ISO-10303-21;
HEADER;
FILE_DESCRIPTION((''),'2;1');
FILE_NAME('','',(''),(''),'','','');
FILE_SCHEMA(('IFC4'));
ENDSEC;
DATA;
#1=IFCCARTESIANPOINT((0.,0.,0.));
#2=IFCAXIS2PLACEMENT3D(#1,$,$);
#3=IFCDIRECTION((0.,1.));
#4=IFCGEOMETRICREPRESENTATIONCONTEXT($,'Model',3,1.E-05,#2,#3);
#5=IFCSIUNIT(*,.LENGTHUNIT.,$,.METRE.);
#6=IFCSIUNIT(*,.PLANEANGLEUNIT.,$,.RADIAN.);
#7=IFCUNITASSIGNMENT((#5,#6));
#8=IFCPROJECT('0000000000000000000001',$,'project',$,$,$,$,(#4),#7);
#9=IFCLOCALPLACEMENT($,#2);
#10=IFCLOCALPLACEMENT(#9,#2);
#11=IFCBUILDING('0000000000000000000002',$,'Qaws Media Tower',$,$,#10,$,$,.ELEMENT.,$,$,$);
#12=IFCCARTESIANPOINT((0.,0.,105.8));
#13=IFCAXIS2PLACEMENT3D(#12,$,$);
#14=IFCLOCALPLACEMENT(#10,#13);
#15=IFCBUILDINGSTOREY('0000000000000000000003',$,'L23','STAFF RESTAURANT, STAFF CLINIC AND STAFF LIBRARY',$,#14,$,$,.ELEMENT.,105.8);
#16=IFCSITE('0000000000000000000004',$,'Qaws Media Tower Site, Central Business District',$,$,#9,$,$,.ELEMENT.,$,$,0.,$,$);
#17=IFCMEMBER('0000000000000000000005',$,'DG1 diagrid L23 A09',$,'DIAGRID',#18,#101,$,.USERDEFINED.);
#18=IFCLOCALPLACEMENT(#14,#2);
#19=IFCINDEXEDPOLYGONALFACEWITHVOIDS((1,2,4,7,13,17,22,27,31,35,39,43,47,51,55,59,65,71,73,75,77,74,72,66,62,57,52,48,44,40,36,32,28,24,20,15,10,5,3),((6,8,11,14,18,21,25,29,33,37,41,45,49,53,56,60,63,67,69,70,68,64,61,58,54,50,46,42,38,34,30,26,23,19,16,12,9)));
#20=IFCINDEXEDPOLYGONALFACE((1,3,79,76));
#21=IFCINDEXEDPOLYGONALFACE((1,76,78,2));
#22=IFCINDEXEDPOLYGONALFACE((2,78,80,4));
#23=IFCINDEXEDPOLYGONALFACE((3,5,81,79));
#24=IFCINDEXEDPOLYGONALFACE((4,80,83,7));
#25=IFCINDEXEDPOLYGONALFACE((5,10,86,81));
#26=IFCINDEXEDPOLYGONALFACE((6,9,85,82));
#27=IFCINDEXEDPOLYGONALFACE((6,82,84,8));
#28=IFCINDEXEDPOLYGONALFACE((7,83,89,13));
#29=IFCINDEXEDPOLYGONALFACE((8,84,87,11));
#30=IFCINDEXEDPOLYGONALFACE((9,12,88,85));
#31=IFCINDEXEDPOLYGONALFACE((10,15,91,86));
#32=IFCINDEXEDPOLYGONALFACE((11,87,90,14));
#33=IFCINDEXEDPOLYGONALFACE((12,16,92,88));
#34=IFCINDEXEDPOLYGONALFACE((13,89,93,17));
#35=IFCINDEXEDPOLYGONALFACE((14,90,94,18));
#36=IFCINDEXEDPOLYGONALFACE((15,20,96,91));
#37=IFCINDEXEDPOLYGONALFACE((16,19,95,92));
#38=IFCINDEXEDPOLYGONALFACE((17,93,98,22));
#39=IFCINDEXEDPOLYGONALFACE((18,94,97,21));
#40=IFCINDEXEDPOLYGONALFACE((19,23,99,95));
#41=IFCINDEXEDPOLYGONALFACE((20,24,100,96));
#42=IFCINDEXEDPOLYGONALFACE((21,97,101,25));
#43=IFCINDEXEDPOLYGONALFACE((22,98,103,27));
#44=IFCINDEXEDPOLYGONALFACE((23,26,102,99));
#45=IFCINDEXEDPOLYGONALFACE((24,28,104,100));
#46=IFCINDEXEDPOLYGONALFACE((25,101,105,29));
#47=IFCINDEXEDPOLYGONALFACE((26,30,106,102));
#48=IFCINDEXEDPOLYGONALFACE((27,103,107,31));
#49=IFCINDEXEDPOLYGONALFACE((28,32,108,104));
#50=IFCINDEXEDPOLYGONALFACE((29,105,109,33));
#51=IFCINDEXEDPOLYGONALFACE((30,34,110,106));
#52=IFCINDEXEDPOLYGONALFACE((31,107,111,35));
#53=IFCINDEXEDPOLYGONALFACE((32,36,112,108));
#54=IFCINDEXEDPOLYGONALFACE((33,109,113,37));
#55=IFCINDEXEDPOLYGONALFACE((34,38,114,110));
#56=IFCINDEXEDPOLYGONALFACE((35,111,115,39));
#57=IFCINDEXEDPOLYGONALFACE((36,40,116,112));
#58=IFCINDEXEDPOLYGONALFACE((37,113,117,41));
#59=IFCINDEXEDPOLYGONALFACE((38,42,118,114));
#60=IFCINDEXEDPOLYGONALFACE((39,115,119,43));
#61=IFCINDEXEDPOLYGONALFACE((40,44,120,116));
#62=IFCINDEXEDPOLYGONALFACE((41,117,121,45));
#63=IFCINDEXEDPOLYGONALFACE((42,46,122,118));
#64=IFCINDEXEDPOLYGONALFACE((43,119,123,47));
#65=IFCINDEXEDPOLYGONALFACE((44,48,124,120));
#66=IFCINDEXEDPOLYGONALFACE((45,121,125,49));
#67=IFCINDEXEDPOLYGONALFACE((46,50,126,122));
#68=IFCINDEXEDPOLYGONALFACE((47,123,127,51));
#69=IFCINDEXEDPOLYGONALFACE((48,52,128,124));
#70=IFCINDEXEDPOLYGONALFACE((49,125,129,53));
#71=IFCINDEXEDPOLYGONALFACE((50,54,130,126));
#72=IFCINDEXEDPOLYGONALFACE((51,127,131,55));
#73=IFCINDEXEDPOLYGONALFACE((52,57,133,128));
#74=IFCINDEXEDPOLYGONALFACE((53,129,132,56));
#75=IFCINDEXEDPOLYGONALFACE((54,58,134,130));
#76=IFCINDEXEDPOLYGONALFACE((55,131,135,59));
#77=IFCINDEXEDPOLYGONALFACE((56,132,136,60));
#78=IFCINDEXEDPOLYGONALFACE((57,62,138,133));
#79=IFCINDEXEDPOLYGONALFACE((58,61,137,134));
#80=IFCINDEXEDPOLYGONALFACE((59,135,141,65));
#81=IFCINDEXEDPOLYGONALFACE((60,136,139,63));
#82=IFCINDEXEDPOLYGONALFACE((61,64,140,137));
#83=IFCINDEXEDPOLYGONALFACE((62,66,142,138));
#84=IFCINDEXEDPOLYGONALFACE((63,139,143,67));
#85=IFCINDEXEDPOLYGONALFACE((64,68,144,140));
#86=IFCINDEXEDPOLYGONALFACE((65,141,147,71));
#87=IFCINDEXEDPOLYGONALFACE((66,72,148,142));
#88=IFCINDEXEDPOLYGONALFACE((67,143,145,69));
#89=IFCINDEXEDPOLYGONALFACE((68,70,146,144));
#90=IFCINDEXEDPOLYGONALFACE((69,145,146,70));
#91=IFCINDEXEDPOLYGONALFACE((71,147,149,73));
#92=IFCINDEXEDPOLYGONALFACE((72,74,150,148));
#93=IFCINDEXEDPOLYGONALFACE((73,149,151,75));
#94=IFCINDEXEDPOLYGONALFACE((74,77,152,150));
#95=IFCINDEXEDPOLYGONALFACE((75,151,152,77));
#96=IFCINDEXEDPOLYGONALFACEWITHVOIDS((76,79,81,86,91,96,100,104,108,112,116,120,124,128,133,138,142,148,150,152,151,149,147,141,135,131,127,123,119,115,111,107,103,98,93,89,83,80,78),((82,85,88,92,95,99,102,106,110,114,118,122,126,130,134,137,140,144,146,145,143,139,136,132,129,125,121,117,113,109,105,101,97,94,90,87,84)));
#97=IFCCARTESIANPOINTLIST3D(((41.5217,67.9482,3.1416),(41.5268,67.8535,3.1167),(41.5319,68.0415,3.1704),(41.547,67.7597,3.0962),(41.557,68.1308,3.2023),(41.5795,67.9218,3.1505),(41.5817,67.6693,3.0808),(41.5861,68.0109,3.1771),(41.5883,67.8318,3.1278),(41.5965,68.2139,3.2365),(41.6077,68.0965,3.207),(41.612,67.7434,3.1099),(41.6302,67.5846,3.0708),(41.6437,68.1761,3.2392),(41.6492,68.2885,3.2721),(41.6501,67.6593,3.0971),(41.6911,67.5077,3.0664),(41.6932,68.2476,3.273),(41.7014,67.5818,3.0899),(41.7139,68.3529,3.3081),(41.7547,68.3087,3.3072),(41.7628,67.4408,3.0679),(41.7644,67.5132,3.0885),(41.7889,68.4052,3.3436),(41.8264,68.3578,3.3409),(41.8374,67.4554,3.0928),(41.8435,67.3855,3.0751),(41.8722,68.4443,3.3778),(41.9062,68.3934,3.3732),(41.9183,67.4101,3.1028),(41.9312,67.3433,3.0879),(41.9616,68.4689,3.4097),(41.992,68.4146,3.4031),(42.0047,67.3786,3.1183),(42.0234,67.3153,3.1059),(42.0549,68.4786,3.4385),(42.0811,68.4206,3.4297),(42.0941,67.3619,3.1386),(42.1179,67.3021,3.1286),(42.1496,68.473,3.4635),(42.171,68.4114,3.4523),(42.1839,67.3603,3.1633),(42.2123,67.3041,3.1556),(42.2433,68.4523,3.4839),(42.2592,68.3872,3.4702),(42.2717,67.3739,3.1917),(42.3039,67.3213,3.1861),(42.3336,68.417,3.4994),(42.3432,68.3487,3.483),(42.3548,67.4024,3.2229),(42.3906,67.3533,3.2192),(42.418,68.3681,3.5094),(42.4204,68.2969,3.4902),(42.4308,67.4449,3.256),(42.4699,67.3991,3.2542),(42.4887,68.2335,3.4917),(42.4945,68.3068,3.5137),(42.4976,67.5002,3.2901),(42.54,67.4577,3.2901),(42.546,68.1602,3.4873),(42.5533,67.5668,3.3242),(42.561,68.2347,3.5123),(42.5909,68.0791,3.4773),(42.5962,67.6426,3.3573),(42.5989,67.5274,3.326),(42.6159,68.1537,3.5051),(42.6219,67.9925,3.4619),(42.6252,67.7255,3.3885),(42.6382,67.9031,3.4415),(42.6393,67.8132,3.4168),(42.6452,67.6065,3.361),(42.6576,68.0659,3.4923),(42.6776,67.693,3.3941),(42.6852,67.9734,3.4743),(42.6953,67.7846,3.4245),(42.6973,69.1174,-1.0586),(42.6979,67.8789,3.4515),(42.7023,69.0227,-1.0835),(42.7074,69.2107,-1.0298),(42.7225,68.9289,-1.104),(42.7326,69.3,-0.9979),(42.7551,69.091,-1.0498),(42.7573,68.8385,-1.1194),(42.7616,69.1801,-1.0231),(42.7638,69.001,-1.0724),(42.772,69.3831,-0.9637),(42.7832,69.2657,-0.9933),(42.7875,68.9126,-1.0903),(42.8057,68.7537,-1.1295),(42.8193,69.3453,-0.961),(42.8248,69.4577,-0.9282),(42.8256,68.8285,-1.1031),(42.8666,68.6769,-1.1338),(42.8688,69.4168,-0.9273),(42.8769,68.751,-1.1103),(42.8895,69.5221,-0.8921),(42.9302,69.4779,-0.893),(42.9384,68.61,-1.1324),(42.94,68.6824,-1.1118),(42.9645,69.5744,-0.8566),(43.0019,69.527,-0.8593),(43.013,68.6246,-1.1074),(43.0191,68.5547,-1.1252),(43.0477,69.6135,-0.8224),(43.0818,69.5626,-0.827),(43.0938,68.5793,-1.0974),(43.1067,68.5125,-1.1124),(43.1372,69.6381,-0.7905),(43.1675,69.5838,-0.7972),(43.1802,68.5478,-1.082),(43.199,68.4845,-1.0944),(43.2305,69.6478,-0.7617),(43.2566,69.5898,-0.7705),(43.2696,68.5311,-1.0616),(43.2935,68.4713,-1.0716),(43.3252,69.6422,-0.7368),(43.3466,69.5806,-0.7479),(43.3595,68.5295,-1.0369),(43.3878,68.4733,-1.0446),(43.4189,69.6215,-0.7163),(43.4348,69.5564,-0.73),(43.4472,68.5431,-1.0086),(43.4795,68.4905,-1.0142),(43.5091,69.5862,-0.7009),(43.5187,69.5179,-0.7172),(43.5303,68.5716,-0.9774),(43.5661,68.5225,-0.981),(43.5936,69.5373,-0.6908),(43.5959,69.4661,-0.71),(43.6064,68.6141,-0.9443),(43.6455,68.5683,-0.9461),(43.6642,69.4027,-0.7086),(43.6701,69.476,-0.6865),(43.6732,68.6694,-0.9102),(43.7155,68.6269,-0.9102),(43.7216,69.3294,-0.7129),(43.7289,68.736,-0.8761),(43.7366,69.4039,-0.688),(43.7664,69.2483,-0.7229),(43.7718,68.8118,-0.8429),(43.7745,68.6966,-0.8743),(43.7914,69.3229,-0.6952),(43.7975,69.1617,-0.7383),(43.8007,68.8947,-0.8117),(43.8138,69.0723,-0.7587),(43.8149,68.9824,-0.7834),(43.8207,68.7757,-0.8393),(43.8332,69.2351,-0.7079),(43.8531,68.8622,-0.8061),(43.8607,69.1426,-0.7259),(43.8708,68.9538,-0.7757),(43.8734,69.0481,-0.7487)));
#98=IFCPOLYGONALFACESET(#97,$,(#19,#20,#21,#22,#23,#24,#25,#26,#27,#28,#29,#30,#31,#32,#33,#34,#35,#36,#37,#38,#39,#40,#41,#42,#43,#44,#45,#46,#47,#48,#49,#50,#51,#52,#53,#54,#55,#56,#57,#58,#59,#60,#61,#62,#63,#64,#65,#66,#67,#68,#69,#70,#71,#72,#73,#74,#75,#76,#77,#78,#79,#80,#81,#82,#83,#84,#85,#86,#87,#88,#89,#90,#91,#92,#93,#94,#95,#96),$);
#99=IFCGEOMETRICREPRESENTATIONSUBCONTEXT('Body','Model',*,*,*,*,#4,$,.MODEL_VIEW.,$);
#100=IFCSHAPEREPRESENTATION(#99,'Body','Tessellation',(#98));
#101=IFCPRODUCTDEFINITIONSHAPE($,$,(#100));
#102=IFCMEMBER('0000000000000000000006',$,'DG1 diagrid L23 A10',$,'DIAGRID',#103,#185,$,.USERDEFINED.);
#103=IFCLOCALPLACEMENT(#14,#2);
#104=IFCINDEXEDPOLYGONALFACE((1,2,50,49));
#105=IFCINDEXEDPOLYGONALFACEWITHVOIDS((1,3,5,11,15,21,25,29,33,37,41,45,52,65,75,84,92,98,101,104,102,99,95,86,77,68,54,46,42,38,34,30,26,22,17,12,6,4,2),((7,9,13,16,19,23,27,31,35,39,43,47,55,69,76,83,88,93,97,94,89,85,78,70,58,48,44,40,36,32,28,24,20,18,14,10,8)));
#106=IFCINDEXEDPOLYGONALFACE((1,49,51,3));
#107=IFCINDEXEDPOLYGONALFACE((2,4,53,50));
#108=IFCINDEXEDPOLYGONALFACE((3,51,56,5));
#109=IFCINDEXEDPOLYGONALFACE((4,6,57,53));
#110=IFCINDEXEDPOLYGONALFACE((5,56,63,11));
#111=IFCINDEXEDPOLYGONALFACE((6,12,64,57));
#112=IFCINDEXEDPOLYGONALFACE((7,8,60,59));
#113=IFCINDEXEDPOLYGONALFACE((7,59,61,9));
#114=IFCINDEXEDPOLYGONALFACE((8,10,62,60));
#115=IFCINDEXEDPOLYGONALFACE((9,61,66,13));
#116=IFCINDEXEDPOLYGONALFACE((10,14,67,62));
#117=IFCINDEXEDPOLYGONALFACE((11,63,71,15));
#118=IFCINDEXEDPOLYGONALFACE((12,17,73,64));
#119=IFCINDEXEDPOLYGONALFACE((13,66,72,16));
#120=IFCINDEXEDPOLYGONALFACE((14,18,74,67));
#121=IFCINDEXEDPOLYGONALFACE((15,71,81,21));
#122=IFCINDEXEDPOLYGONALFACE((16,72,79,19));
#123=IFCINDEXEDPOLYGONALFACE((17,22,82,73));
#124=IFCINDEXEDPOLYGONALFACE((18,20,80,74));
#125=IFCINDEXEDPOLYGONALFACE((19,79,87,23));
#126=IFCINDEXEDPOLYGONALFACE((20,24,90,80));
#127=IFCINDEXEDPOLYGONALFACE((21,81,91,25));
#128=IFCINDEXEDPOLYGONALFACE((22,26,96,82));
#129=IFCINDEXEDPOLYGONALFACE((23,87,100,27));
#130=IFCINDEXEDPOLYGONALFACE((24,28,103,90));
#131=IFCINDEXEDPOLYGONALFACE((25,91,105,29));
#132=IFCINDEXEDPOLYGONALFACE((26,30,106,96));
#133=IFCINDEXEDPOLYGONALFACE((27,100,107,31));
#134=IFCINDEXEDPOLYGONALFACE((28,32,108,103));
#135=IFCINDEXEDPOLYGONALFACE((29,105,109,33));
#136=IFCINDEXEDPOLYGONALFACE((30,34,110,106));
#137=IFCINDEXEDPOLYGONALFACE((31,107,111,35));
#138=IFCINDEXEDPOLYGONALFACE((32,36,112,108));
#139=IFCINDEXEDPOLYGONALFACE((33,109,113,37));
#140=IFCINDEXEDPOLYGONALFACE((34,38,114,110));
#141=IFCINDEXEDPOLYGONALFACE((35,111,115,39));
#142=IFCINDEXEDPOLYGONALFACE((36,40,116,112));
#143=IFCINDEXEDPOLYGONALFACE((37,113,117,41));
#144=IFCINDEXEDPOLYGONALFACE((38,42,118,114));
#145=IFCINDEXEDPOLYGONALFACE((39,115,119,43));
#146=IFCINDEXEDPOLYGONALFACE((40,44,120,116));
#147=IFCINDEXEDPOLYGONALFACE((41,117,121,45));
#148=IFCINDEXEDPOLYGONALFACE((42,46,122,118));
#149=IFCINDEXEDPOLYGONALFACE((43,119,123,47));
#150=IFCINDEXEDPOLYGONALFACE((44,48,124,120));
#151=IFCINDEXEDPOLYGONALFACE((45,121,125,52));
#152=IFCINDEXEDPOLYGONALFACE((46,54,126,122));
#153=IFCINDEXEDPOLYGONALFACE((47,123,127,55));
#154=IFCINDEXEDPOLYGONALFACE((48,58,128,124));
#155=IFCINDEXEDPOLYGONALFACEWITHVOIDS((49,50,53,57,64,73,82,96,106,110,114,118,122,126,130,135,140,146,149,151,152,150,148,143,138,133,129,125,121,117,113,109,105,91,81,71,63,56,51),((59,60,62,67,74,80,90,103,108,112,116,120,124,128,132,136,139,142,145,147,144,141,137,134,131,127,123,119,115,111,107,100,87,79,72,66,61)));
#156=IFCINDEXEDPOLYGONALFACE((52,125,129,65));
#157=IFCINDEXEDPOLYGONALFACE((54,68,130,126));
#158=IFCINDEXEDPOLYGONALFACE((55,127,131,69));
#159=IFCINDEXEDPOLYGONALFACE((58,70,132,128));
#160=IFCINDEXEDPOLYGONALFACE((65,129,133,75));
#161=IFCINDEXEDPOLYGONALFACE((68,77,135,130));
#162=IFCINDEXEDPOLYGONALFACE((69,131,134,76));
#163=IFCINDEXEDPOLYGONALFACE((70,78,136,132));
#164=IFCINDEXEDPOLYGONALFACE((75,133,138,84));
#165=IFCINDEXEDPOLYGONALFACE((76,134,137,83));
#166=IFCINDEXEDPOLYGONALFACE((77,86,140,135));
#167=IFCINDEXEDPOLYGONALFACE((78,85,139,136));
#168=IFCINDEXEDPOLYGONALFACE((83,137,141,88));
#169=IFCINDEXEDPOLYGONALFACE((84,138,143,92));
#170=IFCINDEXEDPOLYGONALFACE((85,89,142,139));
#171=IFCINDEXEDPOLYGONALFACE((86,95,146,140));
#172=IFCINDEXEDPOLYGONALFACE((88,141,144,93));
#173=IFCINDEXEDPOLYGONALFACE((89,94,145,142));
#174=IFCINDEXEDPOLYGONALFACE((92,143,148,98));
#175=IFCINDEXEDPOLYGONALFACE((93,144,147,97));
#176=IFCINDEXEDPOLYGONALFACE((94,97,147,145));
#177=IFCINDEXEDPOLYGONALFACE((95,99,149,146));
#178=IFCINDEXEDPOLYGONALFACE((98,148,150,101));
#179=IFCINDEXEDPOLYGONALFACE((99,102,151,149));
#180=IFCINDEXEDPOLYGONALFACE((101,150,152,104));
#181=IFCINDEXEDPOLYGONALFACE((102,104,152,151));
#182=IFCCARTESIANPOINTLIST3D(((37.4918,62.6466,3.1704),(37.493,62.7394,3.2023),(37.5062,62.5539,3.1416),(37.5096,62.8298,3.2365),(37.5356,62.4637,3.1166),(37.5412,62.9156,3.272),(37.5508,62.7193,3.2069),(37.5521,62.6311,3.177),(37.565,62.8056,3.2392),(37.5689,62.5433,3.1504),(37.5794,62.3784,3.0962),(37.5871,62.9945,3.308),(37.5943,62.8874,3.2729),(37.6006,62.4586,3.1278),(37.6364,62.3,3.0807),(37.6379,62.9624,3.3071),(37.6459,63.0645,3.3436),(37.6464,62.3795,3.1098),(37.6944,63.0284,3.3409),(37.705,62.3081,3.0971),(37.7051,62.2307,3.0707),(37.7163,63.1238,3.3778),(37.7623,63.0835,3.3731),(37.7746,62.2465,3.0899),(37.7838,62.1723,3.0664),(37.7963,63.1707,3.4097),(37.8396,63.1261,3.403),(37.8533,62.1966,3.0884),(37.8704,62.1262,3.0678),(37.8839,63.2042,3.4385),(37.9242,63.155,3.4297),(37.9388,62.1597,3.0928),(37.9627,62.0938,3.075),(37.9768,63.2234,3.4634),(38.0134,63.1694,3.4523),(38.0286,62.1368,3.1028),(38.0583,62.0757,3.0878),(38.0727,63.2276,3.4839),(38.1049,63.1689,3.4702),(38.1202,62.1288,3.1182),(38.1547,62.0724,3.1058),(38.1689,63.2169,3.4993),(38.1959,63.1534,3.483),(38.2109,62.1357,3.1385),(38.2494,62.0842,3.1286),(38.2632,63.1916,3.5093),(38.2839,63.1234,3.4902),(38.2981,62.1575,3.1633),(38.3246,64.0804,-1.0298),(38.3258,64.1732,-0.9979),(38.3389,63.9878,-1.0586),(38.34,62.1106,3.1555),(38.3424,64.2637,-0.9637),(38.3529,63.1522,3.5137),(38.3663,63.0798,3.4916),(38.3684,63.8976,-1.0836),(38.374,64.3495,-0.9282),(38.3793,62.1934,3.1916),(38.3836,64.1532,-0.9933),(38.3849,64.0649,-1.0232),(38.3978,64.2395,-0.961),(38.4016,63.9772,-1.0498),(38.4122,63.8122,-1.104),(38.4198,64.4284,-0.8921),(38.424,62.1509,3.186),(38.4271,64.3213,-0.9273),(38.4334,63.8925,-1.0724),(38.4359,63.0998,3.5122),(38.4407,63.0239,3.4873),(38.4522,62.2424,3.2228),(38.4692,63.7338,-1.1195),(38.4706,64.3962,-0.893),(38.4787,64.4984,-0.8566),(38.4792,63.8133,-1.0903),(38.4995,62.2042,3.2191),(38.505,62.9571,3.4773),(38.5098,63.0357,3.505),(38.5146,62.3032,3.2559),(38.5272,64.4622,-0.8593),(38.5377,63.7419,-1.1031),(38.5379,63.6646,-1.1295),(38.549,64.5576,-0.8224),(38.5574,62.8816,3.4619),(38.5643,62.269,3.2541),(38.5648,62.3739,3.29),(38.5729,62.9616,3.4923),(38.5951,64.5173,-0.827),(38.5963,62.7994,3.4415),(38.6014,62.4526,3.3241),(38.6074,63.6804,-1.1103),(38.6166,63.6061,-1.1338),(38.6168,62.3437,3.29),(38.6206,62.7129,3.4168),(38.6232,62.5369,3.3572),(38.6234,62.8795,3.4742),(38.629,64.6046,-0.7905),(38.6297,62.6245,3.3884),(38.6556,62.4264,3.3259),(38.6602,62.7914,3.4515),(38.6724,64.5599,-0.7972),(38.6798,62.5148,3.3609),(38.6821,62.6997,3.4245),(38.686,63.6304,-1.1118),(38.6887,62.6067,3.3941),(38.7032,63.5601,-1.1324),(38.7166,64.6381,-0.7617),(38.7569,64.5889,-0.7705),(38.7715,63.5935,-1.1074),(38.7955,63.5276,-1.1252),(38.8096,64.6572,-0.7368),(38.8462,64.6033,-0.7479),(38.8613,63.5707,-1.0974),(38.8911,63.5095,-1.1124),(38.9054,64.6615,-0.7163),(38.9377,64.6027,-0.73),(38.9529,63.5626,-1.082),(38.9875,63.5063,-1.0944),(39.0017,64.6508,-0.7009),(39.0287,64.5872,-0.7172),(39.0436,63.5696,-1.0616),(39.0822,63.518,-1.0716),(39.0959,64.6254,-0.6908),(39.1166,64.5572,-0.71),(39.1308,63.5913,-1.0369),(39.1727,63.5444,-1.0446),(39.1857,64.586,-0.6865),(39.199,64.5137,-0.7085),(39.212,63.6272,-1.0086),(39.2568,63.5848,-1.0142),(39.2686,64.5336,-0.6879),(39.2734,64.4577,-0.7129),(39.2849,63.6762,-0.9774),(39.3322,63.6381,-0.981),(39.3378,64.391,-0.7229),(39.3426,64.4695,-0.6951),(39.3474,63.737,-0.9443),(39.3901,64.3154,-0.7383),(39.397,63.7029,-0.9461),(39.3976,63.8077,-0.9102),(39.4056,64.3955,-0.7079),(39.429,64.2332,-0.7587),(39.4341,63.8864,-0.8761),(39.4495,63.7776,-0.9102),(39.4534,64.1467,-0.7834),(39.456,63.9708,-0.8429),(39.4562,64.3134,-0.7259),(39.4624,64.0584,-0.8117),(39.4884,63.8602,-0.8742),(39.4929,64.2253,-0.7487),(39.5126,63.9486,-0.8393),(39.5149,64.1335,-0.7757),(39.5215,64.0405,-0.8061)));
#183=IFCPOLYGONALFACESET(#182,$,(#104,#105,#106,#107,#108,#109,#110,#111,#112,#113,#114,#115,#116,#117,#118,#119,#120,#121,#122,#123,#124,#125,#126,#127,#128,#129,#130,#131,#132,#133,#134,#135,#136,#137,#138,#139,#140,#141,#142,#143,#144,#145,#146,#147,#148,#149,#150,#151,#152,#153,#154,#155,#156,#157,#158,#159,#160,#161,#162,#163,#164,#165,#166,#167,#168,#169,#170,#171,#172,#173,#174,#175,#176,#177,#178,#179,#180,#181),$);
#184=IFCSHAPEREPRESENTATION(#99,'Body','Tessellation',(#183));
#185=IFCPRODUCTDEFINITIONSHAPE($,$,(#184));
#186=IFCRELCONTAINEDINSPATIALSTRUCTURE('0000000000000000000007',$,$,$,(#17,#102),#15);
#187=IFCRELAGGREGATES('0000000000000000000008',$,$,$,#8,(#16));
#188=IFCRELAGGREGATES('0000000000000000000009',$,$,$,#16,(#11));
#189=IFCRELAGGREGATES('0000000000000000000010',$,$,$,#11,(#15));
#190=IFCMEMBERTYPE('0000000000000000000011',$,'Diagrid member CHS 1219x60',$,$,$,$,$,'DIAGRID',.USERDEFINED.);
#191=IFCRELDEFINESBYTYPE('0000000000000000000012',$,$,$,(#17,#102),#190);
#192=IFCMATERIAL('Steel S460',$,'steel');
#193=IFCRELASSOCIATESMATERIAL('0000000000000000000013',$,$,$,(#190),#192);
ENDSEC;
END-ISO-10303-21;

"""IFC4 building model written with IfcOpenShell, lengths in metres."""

from ifc_helpers import new_model, si_unit, direction, frame, origin, origin_2d, place, context, subcontext, project, spatial, hollow_circle, extrude, material, material_profile, profile_set, type_object, element, save


model = new_model("IFC4")

# Units and contexts
model_context = context("Model", 3, precision=1e-05, world=origin(), true_north=direction((0.0, 1.0)))
body_context = subcontext(model_context, "Body", "Model", "MODEL_VIEW")
ifc_project = project(units=[si_unit("LENGTHUNIT", "METRE"), si_unit("PLANEANGLEUNIT", "RADIAN")], contexts=[model_context])

# Site, building, storey
site_placement = place(None, origin())
site = spatial("IfcSite", under=ifc_project, at=site_placement, Name="Qaws Media Tower Site, Central Business District", CompositionType="ELEMENT", RefElevation=0.0)
building_placement = place(site_placement, origin())
building = spatial("IfcBuilding", under=site, at=building_placement, Name="Qaws Media Tower", CompositionType="ELEMENT")
storey_placement = place(building_placement, frame((0.0, 0.0, 105.8)))
storey = spatial("IfcBuildingStorey", under=building, at=storey_placement, Name="L23", Description="STAFF RESTAURANT, STAFF CLINIC AND STAFF LIBRARY", CompositionType="ELEMENT", Elevation=105.8)

# Members
ifc_material_1 = material(Name="Steel S460", Category="steel")
ifc_material_profile_1 = material_profile(ifc_material_1, hollow_circle(Radius=0.6096, WallThickness=0.0601, at=origin_2d()), Name="CHS 1219x60")
ifc_profile_set_1 = profile_set([ifc_material_profile_1], Name="Steel S460")
member_type_1 = type_object("IfcMemberType", Name="Diagrid member CHS 1219x60", ElementType="DIAGRID", PredefinedType="USERDEFINED", material=ifc_profile_set_1)
for number, where, z_axis, x_axis, name in (
    (1, (43.2856, 69.0591, -0.9102), (-0.260329, -0.258923, 0.930155), (0.70519, -0.709018, 0.0), "DG1 diagrid L23 A09"),
    (2, (38.9224, 64.0837, -0.9102), (-0.184418, -0.317527, 0.930143), (0.864733, -0.502231, 0.0), "DG1 diagrid L23 A10"),
):
    element("IfcMember", number, at=place(storey_placement, frame(where, z_axis=z_axis, x_axis=x_axis)), inside=storey, type_object=member_type_1, Name=name, ObjectType="DIAGRID", PredefinedType="USERDEFINED", context=body_context, shape_type="SweptSolid", body=[
        extrude(hollow_circle(Radius=0.6096, WallThickness=0.0601, at=origin_2d()), origin(), (0.0, 0.0, 1.0), 4.5156),
    ])

save(model, "model.ifc")
